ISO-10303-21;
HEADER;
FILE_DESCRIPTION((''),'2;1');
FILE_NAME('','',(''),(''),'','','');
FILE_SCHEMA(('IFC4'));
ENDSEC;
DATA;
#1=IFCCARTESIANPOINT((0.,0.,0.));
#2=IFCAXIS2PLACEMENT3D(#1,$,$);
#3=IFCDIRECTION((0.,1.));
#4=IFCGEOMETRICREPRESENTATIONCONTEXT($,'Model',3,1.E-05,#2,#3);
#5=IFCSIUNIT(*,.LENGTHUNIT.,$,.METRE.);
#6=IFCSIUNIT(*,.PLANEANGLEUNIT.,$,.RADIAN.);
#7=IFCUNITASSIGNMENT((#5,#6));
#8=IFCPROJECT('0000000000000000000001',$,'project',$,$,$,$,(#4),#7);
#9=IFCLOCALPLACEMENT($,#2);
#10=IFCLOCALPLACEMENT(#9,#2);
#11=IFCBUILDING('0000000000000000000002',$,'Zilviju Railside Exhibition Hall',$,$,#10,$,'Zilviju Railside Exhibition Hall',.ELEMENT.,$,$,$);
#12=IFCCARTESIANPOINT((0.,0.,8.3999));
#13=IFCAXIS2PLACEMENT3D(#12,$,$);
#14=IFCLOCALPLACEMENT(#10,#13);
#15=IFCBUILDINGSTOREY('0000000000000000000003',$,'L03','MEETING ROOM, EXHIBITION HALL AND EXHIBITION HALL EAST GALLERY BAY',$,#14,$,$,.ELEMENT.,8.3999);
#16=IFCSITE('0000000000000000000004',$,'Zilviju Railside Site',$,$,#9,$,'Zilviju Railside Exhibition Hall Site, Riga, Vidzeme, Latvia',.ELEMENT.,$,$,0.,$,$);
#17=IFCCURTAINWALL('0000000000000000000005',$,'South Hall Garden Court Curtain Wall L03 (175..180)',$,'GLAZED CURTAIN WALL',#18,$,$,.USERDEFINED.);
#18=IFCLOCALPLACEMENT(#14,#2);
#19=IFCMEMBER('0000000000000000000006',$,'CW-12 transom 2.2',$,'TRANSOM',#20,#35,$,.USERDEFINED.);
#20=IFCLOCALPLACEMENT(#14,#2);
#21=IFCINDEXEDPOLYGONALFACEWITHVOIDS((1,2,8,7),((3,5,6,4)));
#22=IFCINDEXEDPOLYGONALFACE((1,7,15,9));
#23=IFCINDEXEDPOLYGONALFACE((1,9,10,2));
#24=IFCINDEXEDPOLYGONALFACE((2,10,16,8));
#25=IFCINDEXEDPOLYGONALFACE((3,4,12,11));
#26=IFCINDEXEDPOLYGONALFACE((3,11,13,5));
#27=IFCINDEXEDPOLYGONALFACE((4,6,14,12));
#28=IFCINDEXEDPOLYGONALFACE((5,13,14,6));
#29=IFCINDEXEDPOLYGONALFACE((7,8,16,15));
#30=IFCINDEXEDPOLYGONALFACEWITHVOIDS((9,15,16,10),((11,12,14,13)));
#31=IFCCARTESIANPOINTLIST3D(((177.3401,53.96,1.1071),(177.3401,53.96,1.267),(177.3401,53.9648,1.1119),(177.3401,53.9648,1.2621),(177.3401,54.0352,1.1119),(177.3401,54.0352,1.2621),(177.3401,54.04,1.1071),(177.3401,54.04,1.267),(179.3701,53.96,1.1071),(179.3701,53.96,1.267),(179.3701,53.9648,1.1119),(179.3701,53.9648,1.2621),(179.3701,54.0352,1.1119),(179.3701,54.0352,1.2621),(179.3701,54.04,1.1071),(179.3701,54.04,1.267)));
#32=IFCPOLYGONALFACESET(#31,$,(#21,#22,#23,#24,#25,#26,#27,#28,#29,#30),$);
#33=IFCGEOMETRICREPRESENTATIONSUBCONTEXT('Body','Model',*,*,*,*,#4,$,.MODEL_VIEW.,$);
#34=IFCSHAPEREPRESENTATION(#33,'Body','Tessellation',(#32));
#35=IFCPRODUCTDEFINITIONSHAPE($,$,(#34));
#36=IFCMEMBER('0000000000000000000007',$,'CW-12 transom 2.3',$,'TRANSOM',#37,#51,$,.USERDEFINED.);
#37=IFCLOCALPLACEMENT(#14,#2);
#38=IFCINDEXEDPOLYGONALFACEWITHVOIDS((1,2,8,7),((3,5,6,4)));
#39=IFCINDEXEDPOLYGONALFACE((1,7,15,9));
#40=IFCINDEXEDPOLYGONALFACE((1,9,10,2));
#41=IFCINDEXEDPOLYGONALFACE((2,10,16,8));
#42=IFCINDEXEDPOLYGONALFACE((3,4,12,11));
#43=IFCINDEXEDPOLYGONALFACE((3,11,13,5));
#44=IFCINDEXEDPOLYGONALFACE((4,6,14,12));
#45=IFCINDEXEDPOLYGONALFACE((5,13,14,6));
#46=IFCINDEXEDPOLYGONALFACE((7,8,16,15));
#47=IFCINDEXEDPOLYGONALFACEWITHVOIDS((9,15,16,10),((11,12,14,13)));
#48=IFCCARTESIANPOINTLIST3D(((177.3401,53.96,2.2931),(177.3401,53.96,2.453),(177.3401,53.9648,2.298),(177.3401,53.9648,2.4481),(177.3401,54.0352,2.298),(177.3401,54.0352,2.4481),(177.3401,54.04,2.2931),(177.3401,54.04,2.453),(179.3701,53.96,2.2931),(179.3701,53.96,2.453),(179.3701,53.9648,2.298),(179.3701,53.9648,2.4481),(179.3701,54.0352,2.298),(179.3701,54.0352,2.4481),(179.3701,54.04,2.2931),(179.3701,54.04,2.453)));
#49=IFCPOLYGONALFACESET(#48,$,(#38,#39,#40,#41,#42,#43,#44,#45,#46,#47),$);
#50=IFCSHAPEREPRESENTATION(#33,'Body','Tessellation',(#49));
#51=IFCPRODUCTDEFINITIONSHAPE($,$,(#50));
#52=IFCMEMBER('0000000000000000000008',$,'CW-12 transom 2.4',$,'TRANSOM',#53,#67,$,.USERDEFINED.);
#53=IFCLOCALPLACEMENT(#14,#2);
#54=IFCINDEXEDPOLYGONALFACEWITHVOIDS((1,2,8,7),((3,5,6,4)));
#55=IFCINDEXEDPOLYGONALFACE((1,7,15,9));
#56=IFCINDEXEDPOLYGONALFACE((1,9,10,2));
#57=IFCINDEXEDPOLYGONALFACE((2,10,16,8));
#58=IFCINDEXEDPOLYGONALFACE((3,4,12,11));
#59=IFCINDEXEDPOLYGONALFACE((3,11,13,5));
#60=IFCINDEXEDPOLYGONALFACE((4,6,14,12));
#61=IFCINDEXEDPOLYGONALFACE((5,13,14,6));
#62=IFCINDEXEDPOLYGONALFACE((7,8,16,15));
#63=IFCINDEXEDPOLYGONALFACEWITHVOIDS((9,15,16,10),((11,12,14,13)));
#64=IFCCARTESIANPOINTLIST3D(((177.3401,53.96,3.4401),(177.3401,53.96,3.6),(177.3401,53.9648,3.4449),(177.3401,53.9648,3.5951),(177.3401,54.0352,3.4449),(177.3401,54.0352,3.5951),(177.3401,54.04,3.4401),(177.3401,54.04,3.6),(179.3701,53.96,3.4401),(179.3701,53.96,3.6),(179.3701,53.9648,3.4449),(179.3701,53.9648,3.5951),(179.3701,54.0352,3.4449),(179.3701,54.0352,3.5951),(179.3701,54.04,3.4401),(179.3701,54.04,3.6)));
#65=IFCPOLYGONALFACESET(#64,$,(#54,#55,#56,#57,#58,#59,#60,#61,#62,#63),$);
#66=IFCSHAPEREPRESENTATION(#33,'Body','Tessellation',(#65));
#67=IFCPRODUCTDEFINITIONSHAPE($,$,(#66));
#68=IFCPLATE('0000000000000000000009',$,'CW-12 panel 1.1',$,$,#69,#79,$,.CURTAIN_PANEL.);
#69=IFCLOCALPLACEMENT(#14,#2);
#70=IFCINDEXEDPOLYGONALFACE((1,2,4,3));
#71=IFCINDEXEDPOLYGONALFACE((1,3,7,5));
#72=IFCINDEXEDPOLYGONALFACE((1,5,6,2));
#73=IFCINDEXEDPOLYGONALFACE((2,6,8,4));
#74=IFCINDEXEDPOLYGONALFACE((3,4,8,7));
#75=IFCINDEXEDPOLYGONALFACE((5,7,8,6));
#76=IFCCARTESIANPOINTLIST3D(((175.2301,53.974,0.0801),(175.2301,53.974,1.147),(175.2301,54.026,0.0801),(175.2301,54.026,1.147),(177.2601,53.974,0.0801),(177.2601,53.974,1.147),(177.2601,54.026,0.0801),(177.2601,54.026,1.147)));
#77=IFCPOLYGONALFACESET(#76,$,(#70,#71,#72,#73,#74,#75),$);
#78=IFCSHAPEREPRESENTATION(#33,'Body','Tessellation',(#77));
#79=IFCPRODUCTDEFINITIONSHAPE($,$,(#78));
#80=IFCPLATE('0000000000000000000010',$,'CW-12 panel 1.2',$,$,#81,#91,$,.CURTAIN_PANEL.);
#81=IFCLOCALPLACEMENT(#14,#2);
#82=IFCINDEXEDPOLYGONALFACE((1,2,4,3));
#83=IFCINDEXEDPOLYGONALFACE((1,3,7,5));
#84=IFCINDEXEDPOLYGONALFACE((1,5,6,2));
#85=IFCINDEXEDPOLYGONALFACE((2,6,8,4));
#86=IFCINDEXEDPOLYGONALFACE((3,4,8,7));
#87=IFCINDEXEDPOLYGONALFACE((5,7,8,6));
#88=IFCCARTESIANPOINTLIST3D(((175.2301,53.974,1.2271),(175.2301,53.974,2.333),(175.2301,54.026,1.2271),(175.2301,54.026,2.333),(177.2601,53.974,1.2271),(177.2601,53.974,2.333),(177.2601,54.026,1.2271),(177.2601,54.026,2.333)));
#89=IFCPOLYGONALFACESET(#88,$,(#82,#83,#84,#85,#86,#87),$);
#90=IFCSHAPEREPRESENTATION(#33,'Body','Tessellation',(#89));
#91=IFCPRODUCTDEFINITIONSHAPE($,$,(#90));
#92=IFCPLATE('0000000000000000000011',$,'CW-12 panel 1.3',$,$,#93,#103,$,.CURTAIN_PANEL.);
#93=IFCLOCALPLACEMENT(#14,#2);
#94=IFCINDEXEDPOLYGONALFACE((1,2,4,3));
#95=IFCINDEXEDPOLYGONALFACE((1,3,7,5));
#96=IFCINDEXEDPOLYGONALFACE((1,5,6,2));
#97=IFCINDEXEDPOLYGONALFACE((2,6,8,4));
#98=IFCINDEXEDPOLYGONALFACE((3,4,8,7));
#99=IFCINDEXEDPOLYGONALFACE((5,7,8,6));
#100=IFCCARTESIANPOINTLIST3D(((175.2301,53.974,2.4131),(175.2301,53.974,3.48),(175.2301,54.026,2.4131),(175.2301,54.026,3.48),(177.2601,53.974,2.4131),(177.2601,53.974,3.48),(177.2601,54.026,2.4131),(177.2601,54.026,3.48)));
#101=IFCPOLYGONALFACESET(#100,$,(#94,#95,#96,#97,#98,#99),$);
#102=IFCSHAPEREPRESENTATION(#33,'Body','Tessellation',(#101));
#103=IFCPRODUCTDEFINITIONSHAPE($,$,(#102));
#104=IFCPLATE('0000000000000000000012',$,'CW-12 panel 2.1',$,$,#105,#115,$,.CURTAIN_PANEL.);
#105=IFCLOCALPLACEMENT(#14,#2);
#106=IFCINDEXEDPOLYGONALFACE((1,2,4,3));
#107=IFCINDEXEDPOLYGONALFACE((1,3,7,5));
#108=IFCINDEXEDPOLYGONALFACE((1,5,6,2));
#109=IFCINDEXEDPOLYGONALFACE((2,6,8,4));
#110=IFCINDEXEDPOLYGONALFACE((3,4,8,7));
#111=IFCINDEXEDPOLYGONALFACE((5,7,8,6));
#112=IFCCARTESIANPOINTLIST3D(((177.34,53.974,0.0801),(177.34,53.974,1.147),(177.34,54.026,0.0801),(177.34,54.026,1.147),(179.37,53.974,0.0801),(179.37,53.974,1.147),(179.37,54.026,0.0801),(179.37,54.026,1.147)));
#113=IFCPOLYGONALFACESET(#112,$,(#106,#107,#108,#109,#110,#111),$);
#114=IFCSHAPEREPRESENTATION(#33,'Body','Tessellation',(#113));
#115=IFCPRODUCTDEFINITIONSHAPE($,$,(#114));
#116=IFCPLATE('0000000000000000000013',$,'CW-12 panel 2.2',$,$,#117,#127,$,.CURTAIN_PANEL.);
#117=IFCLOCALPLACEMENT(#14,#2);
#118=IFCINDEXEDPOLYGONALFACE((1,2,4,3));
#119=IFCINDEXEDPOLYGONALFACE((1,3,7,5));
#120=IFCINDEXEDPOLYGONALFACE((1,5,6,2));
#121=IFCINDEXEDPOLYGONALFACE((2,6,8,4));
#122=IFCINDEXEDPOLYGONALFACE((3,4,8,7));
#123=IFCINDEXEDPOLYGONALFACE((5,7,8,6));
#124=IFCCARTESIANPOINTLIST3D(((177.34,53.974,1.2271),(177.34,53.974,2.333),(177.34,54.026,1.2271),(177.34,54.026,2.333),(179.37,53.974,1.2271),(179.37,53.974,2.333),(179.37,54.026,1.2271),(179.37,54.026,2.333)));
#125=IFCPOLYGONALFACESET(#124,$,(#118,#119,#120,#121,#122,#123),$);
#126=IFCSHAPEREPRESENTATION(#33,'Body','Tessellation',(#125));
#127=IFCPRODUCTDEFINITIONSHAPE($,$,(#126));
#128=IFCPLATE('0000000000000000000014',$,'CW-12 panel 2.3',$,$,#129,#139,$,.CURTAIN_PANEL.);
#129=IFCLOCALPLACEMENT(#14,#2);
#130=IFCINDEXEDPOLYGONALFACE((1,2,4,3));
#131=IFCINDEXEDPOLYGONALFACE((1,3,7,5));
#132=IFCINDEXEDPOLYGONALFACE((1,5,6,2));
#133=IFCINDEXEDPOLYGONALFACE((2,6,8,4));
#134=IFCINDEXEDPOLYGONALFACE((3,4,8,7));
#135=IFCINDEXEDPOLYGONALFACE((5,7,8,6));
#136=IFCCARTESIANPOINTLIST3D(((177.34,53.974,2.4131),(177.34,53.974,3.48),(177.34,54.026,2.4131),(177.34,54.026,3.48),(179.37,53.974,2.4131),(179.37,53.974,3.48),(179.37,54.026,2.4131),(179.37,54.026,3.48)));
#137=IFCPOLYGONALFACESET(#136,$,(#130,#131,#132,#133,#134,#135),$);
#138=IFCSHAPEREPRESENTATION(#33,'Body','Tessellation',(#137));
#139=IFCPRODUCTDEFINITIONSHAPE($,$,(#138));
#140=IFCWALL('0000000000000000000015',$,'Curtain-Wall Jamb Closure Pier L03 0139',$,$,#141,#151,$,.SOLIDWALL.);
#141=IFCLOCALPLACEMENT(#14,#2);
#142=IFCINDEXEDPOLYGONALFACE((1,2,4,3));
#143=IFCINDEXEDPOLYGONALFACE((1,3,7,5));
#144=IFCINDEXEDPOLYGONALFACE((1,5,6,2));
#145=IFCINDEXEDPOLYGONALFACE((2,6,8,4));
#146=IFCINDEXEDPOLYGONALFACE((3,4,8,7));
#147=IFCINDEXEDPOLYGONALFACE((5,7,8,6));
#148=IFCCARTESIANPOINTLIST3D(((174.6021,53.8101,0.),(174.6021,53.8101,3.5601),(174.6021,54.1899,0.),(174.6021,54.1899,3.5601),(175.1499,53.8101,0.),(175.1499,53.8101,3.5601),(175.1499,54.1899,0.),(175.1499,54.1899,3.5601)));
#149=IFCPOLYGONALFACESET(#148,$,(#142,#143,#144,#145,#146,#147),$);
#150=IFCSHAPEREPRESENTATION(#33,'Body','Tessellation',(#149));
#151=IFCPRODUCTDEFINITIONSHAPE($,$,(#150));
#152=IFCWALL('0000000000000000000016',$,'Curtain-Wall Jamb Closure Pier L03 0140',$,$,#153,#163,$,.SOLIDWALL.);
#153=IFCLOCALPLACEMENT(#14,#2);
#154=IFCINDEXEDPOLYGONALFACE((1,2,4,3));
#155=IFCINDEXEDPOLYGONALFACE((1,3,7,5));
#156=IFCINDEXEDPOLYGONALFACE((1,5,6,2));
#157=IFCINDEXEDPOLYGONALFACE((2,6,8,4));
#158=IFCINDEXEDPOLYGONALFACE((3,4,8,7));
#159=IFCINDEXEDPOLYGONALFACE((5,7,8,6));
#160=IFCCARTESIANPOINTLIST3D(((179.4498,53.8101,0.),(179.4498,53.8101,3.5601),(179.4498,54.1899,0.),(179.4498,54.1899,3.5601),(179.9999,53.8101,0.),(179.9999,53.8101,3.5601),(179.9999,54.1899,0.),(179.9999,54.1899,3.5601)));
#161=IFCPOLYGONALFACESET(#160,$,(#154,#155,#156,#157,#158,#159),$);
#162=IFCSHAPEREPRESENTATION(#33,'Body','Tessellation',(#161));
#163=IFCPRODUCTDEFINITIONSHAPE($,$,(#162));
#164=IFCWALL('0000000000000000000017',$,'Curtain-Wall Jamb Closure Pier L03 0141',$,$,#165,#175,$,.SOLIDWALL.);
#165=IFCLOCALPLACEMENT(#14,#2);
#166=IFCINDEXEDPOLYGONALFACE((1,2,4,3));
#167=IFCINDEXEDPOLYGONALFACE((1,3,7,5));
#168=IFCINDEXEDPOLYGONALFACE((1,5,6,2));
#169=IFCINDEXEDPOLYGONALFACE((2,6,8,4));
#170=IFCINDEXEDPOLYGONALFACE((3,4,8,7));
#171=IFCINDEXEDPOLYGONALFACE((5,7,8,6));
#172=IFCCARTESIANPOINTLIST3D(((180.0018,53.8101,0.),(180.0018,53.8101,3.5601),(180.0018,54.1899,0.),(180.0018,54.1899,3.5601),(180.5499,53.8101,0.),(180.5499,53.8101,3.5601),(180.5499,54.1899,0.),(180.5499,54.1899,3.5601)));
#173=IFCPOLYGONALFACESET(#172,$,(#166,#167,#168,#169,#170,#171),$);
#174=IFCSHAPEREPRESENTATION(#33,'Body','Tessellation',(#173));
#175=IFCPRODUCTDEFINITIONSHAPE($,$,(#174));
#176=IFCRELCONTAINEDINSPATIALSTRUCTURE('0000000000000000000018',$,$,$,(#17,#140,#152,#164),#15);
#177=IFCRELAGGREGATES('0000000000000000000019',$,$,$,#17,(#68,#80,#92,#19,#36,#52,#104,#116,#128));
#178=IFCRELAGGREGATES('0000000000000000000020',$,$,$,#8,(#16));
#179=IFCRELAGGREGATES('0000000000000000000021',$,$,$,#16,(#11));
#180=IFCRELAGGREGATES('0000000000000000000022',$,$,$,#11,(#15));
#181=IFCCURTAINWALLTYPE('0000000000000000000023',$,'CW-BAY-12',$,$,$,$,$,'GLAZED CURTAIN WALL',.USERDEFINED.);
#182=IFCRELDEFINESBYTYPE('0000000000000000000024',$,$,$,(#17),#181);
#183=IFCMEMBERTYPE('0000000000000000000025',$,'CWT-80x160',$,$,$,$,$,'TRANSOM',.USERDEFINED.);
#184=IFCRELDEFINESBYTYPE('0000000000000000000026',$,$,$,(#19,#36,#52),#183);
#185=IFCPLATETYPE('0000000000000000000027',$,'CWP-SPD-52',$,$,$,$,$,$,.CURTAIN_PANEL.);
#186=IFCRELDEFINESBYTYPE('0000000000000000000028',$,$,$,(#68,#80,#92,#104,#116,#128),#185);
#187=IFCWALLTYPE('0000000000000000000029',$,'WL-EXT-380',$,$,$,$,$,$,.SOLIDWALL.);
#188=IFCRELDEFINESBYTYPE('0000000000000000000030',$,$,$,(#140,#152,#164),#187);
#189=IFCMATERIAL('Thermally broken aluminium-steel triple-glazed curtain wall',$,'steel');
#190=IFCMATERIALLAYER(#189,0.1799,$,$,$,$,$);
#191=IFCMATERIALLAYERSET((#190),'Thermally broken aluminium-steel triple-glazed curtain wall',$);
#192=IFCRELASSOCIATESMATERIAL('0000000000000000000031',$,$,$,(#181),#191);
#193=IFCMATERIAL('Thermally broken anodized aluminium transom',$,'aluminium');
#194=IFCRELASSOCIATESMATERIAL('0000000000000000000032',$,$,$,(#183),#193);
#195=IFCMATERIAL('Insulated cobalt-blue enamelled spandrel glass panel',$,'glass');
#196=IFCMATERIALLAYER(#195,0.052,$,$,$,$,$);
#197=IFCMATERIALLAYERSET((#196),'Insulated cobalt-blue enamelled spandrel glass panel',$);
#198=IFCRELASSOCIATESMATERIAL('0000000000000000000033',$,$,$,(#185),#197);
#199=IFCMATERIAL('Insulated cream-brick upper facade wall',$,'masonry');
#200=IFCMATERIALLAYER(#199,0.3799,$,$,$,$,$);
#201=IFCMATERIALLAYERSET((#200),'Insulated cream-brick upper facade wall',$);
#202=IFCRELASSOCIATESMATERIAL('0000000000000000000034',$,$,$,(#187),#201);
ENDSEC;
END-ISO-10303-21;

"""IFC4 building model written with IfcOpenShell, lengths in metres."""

from ifc_helpers import new_model, si_unit, direction, frame, frame_2d, origin, origin_2d, place, context, subcontext, project, spatial, rectangle, hollow_rectangle, extrude, material, layer, layer_set, material_profile, profile_set, type_object, element, aggregate, save


model = new_model("IFC4")

# Units and contexts
model_context = context("Model", 3, precision=1e-05, world=origin(), true_north=direction((0.0, 1.0)))
body_context = subcontext(model_context, "Body", "Model", "MODEL_VIEW")
ifc_project = project(units=[si_unit("LENGTHUNIT", "METRE"), si_unit("PLANEANGLEUNIT", "RADIAN")], contexts=[model_context])

# Site, building, storey
site_placement = place(None, origin())
site = spatial("IfcSite", under=ifc_project, at=site_placement, Name="Zilviju Railside Site", LongName="Zilviju Railside Exhibition Hall Site, Riga, Vidzeme, Latvia", CompositionType="ELEMENT", RefElevation=0.0)
building_placement = place(site_placement, origin())
building = spatial("IfcBuilding", under=site, at=building_placement, Name="Zilviju Railside Exhibition Hall", LongName="Zilviju Railside Exhibition Hall", CompositionType="ELEMENT")
storey_placement = place(building_placement, frame((0.0, 0.0, 8.3999)))
storey = spatial("IfcBuildingStorey", under=building, at=storey_placement, Name="L03", Description="MEETING ROOM, EXHIBITION HALL AND EXHIBITION HALL EAST GALLERY BAY", CompositionType="ELEMENT", Elevation=8.3999)

# Curtain wall, members, plates
ifc_material_1 = material(Name="Thermally broken aluminium-steel triple-glazed curtain wall", Category="steel")
ifc_layer_1 = layer(ifc_material_1, 0.1799)
ifc_layer_set_1 = layer_set([ifc_layer_1], Name="Thermally broken aluminium-steel triple-glazed curtain wall")
curtain_wall_type = type_object("IfcCurtainWallType", Name="CW-BAY-12", ElementType="GLAZED CURTAIN WALL", PredefinedType="USERDEFINED", material=ifc_layer_set_1)
curtain_wall_placement = place(storey_placement, origin())
curtain_wall = element("IfcCurtainWall", 1, at=curtain_wall_placement, inside=storey, type_object=curtain_wall_type, Name="South Hall Garden Court Curtain Wall L03 (175..180)", ObjectType="GLAZED CURTAIN WALL", PredefinedType="USERDEFINED")
ifc_material_2 = material(Name="Thermally broken anodized aluminium transom", Category="aluminium")
ifc_material_profile_1 = material_profile(ifc_material_2, hollow_rectangle(XDim=0.0801, YDim=0.1599, WallThickness=0.0049, at=origin_2d()), Name="TRANSOM 160x80x5")
ifc_profile_set_1 = profile_set([ifc_material_profile_1], Name="Thermally broken anodized aluminium transom")
member_type_1 = type_object("IfcMemberType", Name="CWT-80x160", ElementType="TRANSOM", PredefinedType="USERDEFINED", material=ifc_profile_set_1)
member_1_placement = place(storey_placement, frame((177.3401, 54.0, 1.187), z_axis=(1.0, 0.0, 0.0), x_axis=(0.0, 1.0, 0.0)))
member_1 = element("IfcMember", 2, at=member_1_placement, type_object=member_type_1, Name="CW-12 transom 2.2", ObjectType="TRANSOM", PredefinedType="USERDEFINED", context=body_context, shape_type="SweptSolid", body=[
    extrude(hollow_rectangle(XDim=0.0801, YDim=0.1599, WallThickness=0.0049, at=origin_2d()), origin(), (0.0, 0.0, 1.0), 2.03),
])
member_2_placement = place(storey_placement, frame((177.3401, 54.0, 2.373), z_axis=(1.0, 0.0, 0.0), x_axis=(0.0, 1.0, 0.0)))
member_2 = element("IfcMember", 3, at=member_2_placement, type_object=member_type_1, Name="CW-12 transom 2.3", ObjectType="TRANSOM", PredefinedType="USERDEFINED", context=body_context, shape_type="SweptSolid", body=[
    extrude(hollow_rectangle(XDim=0.0801, YDim=0.1599, WallThickness=0.0049, at=origin_2d()), origin(), (0.0, 0.0, 1.0), 2.03),
])
member_3_placement = place(storey_placement, frame((177.3401, 54.0, 3.52), z_axis=(1.0, 0.0, 0.0), x_axis=(0.0, 1.0, 0.0)))
member_3 = element("IfcMember", 4, at=member_3_placement, type_object=member_type_1, Name="CW-12 transom 2.4", ObjectType="TRANSOM", PredefinedType="USERDEFINED", context=body_context, shape_type="SweptSolid", body=[
    extrude(hollow_rectangle(XDim=0.0801, YDim=0.1599, WallThickness=0.0049, at=origin_2d()), origin(), (0.0, 0.0, 1.0), 2.03),
])
ifc_material_3 = material(Name="Insulated cobalt-blue enamelled spandrel glass panel", Category="glass")
ifc_layer_2 = layer(ifc_material_3, 0.052)
ifc_layer_set_2 = layer_set([ifc_layer_2], Name="Insulated cobalt-blue enamelled spandrel glass panel")
plate_type = type_object("IfcPlateType", Name="CWP-SPD-52", PredefinedType="CURTAIN_PANEL", material=ifc_layer_set_2)
plate_1_placement = place(storey_placement, frame((176.2451, 54.0, 0.0801), z_axis=(0.0, 0.0, 1.0), x_axis=(1.0, 0.0, 0.0)))
plate_1 = element("IfcPlate", 5, at=plate_1_placement, type_object=plate_type, Name="CW-12 panel 1.1", PredefinedType="CURTAIN_PANEL", context=body_context, shape_type="SweptSolid", body=[
    extrude(rectangle(XDim=2.03, YDim=0.052, at=origin_2d()), origin(), (0.0, 0.0, 1.0), 1.0669),
])
plate_2_placement = place(storey_placement, frame((176.2451, 54.0, 1.2271), z_axis=(0.0, 0.0, 1.0), x_axis=(1.0, 0.0, 0.0)))
plate_2 = element("IfcPlate", 6, at=plate_2_placement, type_object=plate_type, Name="CW-12 panel 1.2", PredefinedType="CURTAIN_PANEL", context=body_context, shape_type="SweptSolid", body=[
    extrude(rectangle(XDim=2.03, YDim=0.052, at=origin_2d()), origin(), (0.0, 0.0, 1.0), 1.106),
])
plate_3_placement = place(storey_placement, frame((176.2451, 54.0, 2.4131), z_axis=(0.0, 0.0, 1.0), x_axis=(1.0, 0.0, 0.0)))
plate_3 = element("IfcPlate", 7, at=plate_3_placement, type_object=plate_type, Name="CW-12 panel 1.3", PredefinedType="CURTAIN_PANEL", context=body_context, shape_type="SweptSolid", body=[
    extrude(rectangle(XDim=2.03, YDim=0.052, at=origin_2d()), origin(), (0.0, 0.0, 1.0), 1.0669),
])
plate_4_placement = place(storey_placement, frame((178.355, 54.0, 0.0801), z_axis=(0.0, 0.0, 1.0), x_axis=(1.0, 0.0, 0.0)))
plate_4 = element("IfcPlate", 8, at=plate_4_placement, type_object=plate_type, Name="CW-12 panel 2.1", PredefinedType="CURTAIN_PANEL", context=body_context, shape_type="SweptSolid", body=[
    extrude(rectangle(XDim=2.03, YDim=0.052, at=origin_2d()), origin(), (0.0, 0.0, 1.0), 1.0669),
])
plate_5_placement = place(storey_placement, frame((178.355, 54.0, 1.2271), z_axis=(0.0, 0.0, 1.0), x_axis=(1.0, 0.0, 0.0)))
plate_5 = element("IfcPlate", 9, at=plate_5_placement, type_object=plate_type, Name="CW-12 panel 2.2", PredefinedType="CURTAIN_PANEL", context=body_context, shape_type="SweptSolid", body=[
    extrude(rectangle(XDim=2.03, YDim=0.052, at=origin_2d()), origin(), (0.0, 0.0, 1.0), 1.106),
])
plate_6_placement = place(storey_placement, frame((178.355, 54.0, 2.4131), z_axis=(0.0, 0.0, 1.0), x_axis=(1.0, 0.0, 0.0)))
plate_6 = element("IfcPlate", 10, at=plate_6_placement, type_object=plate_type, Name="CW-12 panel 2.3", PredefinedType="CURTAIN_PANEL", context=body_context, shape_type="SweptSolid", body=[
    extrude(rectangle(XDim=2.03, YDim=0.052, at=origin_2d()), origin(), (0.0, 0.0, 1.0), 1.0669),
])
aggregate(curtain_wall, [plate_1, plate_2, plate_3, member_1, member_2, member_3, plate_4, plate_5, plate_6])

# Walls
ifc_material_4 = material(Name="Insulated cream-brick upper facade wall", Category="masonry")
ifc_layer_3 = layer(ifc_material_4, 0.3799)
ifc_layer_set_3 = layer_set([ifc_layer_3], Name="Insulated cream-brick upper facade wall")
wall_type = type_object("IfcWallType", Name="WL-EXT-380", PredefinedType="SOLIDWALL", material=ifc_layer_set_3)
wall_1_placement = place(storey_placement, frame((174.6021, 54.0, 0.0), z_axis=(0.0, 0.0, 1.0), x_axis=(1.0, 0.0, 0.0)))
element("IfcWall", 11, at=wall_1_placement, inside=storey, type_object=wall_type, Name="Curtain-Wall Jamb Closure Pier L03 0139", PredefinedType="SOLIDWALL", context=body_context, shape_type="SweptSolid", body=[
    extrude(rectangle(XDim=0.5479, YDim=0.3799, at=frame_2d((0.2739, 0.0))), origin(), (0.0, 0.0, 1.0), 3.5601),
])
wall_2_placement = place(storey_placement, frame((179.45, 54.0, 0.0), z_axis=(0.0, 0.0, 1.0), x_axis=(1.0, 0.0, 0.0)))
element("IfcWall", 12, at=wall_2_placement, inside=storey, type_object=wall_type, Name="Curtain-Wall Jamb Closure Pier L03 0140", PredefinedType="SOLIDWALL", context=body_context, shape_type="SweptSolid", body=[
    extrude(rectangle(XDim=0.55, YDim=0.3799, at=frame_2d((0.2749, 0.0))), origin(), (0.0, 0.0, 1.0), 3.5601),
])
wall_3_placement = place(storey_placement, frame((180.002, 54.0, 0.0), z_axis=(0.0, 0.0, 1.0), x_axis=(1.0, 0.0, 0.0)))
element("IfcWall", 13, at=wall_3_placement, inside=storey, type_object=wall_type, Name="Curtain-Wall Jamb Closure Pier L03 0141", PredefinedType="SOLIDWALL", context=body_context, shape_type="SweptSolid", body=[
    extrude(rectangle(XDim=0.5481, YDim=0.3799, at=frame_2d((0.2739, 0.0))), origin(), (0.0, 0.0, 1.0), 3.5601),
])

save(model, "model.ifc")
